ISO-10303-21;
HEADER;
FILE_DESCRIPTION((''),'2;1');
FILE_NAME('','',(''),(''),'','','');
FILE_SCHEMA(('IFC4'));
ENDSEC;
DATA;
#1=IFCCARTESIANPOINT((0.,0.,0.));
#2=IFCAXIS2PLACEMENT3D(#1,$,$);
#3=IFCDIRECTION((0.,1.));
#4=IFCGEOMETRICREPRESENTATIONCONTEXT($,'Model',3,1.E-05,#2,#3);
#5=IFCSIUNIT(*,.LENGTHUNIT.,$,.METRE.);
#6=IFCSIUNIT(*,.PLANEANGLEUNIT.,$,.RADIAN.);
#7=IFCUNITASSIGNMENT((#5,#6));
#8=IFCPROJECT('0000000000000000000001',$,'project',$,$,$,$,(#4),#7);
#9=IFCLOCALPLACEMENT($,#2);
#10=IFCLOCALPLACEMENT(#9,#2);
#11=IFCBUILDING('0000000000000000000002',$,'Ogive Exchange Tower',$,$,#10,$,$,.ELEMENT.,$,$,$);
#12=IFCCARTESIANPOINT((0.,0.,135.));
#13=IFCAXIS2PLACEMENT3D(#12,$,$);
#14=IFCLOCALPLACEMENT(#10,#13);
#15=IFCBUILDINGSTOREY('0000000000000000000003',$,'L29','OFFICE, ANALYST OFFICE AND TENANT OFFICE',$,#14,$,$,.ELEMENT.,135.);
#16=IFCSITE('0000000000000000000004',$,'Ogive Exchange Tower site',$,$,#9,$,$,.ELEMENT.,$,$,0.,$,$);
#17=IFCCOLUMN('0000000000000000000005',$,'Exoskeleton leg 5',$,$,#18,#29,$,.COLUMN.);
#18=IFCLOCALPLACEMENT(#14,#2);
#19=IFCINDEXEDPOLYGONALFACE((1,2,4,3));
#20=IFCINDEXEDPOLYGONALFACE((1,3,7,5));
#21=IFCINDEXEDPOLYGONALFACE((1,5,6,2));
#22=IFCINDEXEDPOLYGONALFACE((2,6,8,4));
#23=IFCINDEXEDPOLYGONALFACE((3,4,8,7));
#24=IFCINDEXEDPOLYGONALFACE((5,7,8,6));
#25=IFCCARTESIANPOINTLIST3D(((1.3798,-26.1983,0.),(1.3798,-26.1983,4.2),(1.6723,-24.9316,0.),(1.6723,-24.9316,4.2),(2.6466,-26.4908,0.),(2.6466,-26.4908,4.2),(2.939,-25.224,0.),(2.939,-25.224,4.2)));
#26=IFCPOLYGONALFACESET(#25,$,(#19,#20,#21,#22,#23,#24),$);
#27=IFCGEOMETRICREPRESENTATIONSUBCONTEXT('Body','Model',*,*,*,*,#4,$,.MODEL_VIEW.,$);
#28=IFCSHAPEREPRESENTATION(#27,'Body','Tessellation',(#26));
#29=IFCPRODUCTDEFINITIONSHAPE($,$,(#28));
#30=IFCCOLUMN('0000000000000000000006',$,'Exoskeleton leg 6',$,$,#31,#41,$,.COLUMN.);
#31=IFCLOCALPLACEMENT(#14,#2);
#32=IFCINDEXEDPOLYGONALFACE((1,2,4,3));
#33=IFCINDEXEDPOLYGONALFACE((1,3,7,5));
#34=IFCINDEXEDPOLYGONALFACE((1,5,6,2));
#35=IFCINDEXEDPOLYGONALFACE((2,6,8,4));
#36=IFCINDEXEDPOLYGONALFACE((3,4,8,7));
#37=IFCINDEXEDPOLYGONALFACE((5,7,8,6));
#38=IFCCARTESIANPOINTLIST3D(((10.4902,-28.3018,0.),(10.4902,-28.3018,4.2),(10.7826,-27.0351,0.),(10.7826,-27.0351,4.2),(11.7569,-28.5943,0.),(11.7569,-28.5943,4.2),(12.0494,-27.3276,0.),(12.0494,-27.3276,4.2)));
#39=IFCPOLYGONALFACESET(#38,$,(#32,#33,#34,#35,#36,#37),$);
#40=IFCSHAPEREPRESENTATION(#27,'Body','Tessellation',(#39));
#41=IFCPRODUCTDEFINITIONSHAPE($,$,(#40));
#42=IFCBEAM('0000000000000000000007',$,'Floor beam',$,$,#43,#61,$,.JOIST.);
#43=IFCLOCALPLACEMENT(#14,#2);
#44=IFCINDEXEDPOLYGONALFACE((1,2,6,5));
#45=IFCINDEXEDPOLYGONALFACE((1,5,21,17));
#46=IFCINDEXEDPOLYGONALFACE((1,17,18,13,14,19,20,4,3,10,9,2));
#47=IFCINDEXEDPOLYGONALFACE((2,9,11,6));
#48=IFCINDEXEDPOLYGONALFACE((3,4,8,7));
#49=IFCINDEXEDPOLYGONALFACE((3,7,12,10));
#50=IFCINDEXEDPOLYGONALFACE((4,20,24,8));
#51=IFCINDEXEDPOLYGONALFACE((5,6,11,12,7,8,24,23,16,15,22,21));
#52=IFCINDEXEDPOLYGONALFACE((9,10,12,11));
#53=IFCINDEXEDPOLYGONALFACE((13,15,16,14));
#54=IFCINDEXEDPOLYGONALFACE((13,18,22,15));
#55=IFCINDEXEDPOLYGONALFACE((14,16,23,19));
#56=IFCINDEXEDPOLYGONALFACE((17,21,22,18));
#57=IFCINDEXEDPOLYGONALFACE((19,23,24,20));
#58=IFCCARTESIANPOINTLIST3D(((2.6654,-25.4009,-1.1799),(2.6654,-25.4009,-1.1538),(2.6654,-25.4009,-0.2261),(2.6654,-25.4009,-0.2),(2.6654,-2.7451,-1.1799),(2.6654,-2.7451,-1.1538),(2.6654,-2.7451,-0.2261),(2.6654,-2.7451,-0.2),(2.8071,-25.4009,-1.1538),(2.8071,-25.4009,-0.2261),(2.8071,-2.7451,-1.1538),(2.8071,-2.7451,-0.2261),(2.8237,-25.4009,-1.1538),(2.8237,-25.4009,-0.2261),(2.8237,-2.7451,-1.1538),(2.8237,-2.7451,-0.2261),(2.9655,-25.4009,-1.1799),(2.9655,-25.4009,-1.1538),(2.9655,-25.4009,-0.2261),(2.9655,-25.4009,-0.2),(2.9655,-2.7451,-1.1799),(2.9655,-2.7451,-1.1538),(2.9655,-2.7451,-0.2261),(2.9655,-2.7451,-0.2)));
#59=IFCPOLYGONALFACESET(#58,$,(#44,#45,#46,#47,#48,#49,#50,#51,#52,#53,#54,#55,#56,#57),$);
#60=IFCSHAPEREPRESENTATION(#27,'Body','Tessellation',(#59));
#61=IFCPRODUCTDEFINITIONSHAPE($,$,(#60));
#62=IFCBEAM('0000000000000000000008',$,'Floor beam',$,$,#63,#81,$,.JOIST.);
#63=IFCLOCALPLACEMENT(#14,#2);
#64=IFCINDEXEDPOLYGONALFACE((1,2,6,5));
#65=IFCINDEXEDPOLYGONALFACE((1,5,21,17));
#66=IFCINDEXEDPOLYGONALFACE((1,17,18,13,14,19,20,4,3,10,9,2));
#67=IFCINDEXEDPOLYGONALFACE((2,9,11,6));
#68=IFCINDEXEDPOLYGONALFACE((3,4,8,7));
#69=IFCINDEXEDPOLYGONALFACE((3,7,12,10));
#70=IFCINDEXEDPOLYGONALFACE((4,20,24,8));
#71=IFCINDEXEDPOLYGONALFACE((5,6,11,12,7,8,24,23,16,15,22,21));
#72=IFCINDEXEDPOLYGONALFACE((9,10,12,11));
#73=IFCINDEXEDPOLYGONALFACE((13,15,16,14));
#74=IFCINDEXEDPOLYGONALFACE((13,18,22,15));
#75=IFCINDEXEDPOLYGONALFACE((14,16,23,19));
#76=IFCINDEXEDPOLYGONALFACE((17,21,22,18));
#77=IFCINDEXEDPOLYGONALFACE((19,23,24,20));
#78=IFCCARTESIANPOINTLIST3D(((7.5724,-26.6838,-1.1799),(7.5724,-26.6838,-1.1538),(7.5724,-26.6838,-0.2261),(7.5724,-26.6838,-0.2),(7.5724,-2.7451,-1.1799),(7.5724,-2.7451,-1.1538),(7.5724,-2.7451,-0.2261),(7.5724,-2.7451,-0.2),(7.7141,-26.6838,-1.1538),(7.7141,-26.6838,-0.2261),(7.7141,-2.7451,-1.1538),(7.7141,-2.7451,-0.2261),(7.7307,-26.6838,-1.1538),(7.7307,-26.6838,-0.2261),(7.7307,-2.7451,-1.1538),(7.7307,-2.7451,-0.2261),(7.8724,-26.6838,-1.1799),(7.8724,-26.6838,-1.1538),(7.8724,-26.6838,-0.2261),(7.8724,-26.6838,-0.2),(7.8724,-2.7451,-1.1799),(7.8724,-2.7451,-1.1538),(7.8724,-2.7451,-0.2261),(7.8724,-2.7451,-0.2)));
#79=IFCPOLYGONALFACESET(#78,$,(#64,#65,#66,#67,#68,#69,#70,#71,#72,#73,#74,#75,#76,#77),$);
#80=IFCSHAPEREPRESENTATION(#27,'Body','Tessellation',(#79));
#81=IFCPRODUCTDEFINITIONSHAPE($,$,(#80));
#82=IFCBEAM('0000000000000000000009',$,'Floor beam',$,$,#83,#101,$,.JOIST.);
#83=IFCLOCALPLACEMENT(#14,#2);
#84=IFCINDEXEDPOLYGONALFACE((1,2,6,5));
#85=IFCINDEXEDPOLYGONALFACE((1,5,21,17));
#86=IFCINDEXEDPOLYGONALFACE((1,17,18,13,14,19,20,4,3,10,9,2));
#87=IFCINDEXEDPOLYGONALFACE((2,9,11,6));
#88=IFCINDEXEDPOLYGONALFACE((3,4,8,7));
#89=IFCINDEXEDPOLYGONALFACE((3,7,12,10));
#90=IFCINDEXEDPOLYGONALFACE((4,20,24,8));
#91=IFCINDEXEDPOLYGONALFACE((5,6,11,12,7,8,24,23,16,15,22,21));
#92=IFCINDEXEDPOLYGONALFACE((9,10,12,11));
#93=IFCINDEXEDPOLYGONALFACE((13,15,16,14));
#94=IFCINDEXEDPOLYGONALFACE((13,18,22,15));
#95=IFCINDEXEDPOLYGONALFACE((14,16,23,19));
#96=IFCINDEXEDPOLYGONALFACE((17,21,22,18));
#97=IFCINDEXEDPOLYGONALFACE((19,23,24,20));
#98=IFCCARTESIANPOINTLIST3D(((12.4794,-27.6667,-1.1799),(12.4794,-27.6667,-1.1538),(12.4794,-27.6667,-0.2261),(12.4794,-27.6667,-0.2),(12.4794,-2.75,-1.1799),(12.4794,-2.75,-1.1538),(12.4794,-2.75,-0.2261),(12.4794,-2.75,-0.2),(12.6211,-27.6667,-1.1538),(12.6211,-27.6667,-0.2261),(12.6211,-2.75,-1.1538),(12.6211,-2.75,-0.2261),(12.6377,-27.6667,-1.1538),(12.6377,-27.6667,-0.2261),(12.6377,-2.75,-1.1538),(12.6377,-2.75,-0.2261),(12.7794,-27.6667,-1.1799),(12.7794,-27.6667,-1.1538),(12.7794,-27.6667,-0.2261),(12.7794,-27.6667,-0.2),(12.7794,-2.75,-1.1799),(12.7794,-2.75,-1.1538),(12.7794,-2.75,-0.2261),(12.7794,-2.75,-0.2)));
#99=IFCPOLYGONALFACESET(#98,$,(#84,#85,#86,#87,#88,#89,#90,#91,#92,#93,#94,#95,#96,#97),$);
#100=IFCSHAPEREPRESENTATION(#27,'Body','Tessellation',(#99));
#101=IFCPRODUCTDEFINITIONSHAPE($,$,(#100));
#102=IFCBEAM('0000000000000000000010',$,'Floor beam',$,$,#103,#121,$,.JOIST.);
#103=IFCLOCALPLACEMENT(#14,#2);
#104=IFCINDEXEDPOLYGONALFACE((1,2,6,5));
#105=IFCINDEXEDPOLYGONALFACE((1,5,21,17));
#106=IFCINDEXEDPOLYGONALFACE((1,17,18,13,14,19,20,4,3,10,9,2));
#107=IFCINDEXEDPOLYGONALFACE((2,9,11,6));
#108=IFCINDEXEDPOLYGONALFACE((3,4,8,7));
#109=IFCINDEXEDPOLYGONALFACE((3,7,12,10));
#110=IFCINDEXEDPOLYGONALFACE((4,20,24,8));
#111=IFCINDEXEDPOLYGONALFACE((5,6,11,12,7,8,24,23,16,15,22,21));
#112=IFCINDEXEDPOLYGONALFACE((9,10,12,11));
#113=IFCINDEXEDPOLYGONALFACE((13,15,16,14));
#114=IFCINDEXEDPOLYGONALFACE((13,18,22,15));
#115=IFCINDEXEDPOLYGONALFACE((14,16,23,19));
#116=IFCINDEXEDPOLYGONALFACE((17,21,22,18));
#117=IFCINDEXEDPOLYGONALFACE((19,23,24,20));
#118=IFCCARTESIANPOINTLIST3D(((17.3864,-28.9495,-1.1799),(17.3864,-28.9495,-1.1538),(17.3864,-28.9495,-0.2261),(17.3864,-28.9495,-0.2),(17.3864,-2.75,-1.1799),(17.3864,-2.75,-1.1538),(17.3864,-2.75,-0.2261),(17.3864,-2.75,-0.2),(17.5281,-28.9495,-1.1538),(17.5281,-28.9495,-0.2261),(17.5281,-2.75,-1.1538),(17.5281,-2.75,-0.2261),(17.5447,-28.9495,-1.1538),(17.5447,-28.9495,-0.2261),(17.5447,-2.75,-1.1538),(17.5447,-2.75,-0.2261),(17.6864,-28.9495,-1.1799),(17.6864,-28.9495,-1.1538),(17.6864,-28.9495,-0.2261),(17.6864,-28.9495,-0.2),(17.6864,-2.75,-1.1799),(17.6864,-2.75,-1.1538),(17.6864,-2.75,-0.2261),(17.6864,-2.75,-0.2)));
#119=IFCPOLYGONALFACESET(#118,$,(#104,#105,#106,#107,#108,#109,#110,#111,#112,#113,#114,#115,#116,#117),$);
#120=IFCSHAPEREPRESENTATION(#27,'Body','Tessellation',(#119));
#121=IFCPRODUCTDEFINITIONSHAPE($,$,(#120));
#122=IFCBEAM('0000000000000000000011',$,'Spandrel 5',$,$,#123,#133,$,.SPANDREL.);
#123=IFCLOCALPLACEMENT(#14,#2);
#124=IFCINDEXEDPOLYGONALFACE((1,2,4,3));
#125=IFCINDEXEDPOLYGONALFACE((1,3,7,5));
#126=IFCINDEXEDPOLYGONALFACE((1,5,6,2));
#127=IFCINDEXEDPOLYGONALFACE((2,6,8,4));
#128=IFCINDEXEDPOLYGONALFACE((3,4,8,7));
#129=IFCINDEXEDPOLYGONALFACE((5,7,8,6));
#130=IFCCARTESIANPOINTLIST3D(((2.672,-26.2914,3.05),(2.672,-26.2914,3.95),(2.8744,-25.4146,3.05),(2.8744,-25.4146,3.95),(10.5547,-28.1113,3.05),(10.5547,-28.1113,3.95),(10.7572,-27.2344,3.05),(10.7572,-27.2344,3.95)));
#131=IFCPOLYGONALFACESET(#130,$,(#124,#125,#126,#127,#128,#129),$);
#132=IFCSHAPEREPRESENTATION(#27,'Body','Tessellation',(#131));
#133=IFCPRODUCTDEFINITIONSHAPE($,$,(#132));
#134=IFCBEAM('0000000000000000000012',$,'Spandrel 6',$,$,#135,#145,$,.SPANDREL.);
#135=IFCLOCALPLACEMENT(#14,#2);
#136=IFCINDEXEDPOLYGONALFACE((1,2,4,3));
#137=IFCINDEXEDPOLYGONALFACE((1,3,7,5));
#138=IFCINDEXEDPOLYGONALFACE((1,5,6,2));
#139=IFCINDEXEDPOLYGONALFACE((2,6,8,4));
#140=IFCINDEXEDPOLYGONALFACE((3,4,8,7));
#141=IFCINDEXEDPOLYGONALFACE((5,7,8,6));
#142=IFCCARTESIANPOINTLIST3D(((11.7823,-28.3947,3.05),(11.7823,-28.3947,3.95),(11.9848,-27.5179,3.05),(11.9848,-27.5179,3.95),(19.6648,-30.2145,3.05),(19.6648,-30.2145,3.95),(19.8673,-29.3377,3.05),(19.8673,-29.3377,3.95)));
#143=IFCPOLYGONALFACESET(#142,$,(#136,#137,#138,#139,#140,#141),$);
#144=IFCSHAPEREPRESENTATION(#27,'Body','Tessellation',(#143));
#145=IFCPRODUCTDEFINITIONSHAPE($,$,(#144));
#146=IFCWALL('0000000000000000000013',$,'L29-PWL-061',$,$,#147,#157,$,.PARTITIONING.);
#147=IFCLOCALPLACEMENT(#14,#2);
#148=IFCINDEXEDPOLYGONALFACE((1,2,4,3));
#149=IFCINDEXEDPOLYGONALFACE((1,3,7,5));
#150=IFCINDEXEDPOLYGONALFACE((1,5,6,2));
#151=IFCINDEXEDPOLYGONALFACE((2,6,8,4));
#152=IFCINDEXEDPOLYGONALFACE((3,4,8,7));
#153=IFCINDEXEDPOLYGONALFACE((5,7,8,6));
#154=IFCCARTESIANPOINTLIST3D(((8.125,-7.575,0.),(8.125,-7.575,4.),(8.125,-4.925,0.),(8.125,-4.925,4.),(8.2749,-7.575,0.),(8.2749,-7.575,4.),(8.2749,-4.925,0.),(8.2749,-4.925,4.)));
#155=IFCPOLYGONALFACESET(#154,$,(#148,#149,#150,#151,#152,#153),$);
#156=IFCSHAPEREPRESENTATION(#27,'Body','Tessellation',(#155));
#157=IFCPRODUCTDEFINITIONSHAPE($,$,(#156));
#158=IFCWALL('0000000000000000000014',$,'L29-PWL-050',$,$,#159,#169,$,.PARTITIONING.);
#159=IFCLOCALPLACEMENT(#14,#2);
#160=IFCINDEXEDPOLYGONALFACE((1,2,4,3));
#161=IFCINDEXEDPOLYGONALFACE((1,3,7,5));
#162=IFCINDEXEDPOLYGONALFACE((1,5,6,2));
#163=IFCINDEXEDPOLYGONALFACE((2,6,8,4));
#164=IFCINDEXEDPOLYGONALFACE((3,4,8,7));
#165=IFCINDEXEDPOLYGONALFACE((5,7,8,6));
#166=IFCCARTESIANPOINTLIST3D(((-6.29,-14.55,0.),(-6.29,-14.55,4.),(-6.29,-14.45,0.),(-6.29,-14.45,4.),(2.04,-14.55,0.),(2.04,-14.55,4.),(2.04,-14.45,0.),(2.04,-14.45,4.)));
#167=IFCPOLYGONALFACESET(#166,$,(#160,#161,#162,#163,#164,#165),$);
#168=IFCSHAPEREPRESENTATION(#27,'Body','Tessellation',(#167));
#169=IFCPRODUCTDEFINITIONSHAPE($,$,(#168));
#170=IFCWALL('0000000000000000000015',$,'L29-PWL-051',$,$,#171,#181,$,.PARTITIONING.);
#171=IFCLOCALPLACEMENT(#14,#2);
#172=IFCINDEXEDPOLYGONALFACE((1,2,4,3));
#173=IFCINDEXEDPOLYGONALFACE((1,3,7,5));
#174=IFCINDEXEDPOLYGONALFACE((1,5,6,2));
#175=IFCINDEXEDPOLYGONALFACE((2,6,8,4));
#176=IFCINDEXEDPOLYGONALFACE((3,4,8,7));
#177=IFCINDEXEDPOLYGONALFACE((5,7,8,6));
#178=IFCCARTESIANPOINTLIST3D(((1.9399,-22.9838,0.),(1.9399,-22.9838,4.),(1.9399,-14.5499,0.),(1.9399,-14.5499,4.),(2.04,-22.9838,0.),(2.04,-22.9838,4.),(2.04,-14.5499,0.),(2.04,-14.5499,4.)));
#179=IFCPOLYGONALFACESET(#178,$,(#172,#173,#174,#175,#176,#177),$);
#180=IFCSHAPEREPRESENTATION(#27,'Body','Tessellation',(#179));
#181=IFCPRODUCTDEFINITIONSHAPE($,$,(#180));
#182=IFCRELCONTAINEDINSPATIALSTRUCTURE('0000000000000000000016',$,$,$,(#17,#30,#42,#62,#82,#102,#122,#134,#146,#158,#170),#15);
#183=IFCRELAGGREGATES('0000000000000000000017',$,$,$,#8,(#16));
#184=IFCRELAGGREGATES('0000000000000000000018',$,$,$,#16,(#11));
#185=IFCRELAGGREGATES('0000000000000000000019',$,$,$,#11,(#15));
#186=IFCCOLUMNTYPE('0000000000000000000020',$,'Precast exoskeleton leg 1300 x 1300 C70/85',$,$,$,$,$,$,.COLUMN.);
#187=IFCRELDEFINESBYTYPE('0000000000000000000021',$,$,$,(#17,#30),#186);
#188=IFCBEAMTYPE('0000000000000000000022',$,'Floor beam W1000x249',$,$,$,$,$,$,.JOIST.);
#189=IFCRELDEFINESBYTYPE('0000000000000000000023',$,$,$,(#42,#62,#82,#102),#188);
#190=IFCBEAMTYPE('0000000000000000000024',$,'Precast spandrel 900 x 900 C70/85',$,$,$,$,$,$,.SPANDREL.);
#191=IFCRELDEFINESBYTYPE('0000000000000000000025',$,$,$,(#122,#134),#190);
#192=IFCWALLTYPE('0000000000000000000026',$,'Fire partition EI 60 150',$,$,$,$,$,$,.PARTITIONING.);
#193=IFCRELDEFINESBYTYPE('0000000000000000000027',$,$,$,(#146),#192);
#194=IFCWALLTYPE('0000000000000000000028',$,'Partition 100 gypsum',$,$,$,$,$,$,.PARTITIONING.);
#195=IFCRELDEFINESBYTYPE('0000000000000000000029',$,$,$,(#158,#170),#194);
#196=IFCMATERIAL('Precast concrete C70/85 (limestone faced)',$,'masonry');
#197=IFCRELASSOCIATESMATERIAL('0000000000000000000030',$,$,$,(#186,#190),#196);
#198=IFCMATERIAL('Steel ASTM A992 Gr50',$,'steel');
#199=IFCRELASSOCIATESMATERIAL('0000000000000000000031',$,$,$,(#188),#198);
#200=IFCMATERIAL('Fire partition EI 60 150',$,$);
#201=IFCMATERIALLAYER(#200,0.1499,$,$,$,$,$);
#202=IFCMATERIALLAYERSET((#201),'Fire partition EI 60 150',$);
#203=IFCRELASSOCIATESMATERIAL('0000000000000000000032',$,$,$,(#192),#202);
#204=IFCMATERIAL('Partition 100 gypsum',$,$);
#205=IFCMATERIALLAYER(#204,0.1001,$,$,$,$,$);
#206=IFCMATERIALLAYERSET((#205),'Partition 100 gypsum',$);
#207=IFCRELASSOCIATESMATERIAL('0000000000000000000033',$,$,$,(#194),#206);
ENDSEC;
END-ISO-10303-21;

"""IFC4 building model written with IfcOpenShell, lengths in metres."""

from ifc_helpers import new_model, si_unit, direction, frame, frame_2d, origin, origin_2d, place, context, subcontext, project, spatial, rectangle, i_section, extrude, material, layer, layer_set, material_profile, profile_set, type_object, element, save


model = new_model("IFC4")

# Units and contexts
model_context = context("Model", 3, precision=1e-05, world=origin(), true_north=direction((0.0, 1.0)))
body_context = subcontext(model_context, "Body", "Model", "MODEL_VIEW")
ifc_project = project(units=[si_unit("LENGTHUNIT", "METRE"), si_unit("PLANEANGLEUNIT", "RADIAN")], contexts=[model_context])

# Site, building, storey
site_placement = place(None, origin())
site = spatial("IfcSite", under=ifc_project, at=site_placement, Name="Ogive Exchange Tower site", CompositionType="ELEMENT", RefElevation=0.0)
building_placement = place(site_placement, origin())
building = spatial("IfcBuilding", under=site, at=building_placement, Name="Ogive Exchange Tower", CompositionType="ELEMENT")
storey_placement = place(building_placement, frame((0.0, 0.0, 135.0)))
storey = spatial("IfcBuildingStorey", under=building, at=storey_placement, Name="L29", Description="OFFICE, ANALYST OFFICE AND TENANT OFFICE", CompositionType="ELEMENT", Elevation=135.0)

# Columns
ifc_material_1 = material(Name="Precast concrete C70/85 (limestone faced)", Category="masonry")
ifc_material_profile_1 = material_profile(ifc_material_1, rectangle(XDim=1.3, YDim=1.3, at=origin_2d()), Name="1300 x 1300")
ifc_profile_set_1 = profile_set([ifc_material_profile_1], Name="Precast concrete C70/85 (limestone faced)")
column_type = type_object("IfcColumnType", Name="Precast exoskeleton leg 1300 x 1300 C70/85", PredefinedType="COLUMN", material=ifc_profile_set_1)
for number, where, z_axis, x_axis, name in (
    (1, (2.1594, -25.7112, 0.0), (0.0, 0.0, 1.0), (0.97437, -0.224951, 0.0), "Exoskeleton leg 5"),
    (2, (11.2698, -27.8147, 0.0), (0.0, 0.0, 1.0), (0.97437, -0.224951, 0.0), "Exoskeleton leg 6"),
):
    element("IfcColumn", number, at=place(storey_placement, frame(where, z_axis=z_axis, x_axis=x_axis)), inside=storey, type_object=column_type, Name=name, PredefinedType="COLUMN", context=body_context, shape_type="SweptSolid", body=[
        extrude(rectangle(XDim=1.3, YDim=1.3, at=origin_2d()), origin(), (0.0, 0.0, 1.0), 4.2),
    ])

# Beams
ifc_material_2 = material(Name="Steel ASTM A992 Gr50", Category="steel")
ifc_material_profile_2 = material_profile(ifc_material_2, i_section(OverallWidth=0.3, OverallDepth=0.98, WebThickness=0.0166, FlangeThickness=0.0261, at=origin_2d()), Name="W1000x249")
ifc_profile_set_2 = profile_set([ifc_material_profile_2], Name="Steel ASTM A992 Gr50")
beam_type_1 = type_object("IfcBeamType", Name="Floor beam W1000x249", PredefinedType="JOIST", material=ifc_profile_set_2)
beam_1_placement = place(storey_placement, frame((2.8154, -25.4009, -0.6899), z_axis=(0.0, 1.0, 0.0), x_axis=(-1.0, 0.0, 0.0)))
element("IfcBeam", 3, at=beam_1_placement, inside=storey, type_object=beam_type_1, Name="Floor beam", PredefinedType="JOIST", context=body_context, shape_type="SweptSolid", body=[
    extrude(i_section(OverallWidth=0.3, OverallDepth=0.98, WebThickness=0.0166, FlangeThickness=0.0261, at=origin_2d()), origin(), (0.0, 0.0, 1.0), 22.6558),
])
beam_2_placement = place(storey_placement, frame((7.7224, -26.6838, -0.6899), z_axis=(0.0, 1.0, 0.0), x_axis=(-1.0, 0.0, 0.0)))
element("IfcBeam", 4, at=beam_2_placement, inside=storey, type_object=beam_type_1, Name="Floor beam", PredefinedType="JOIST", context=body_context, shape_type="SweptSolid", body=[
    extrude(i_section(OverallWidth=0.3, OverallDepth=0.98, WebThickness=0.0166, FlangeThickness=0.0261, at=origin_2d()), origin(), (0.0, 0.0, 1.0), 23.9387),
])
beam_3_placement = place(storey_placement, frame((12.6294, -27.6667, -0.6899), z_axis=(0.0, 1.0, 0.0), x_axis=(-1.0, 0.0, 0.0)))
element("IfcBeam", 5, at=beam_3_placement, inside=storey, type_object=beam_type_1, Name="Floor beam", PredefinedType="JOIST", context=body_context, shape_type="SweptSolid", body=[
    extrude(i_section(OverallWidth=0.3, OverallDepth=0.98, WebThickness=0.0166, FlangeThickness=0.0261, at=origin_2d()), origin(), (0.0, 0.0, 1.0), 24.9167),
])
beam_4_placement = place(storey_placement, frame((17.5364, -28.9495, -0.6899), z_axis=(0.0, 1.0, 0.0), x_axis=(-1.0, 0.0, 0.0)))
element("IfcBeam", 6, at=beam_4_placement, inside=storey, type_object=beam_type_1, Name="Floor beam", PredefinedType="JOIST", context=body_context, shape_type="SweptSolid", body=[
    extrude(i_section(OverallWidth=0.3, OverallDepth=0.98, WebThickness=0.0166, FlangeThickness=0.0261, at=origin_2d()), origin(), (0.0, 0.0, 1.0), 26.1995),
])
ifc_material_profile_3 = material_profile(ifc_material_1, rectangle(XDim=0.8999, YDim=0.8999, at=origin_2d()), Name="900 x 900")
ifc_profile_set_3 = profile_set([ifc_material_profile_3], Name="Precast concrete C70/85 (limestone faced)")
beam_type_2 = type_object("IfcBeamType", Name="Precast spandrel 900 x 900 C70/85", PredefinedType="SPANDREL", material=ifc_profile_set_3)
beam_5_placement = place(storey_placement, frame((2.7732, -25.853, 3.5), z_axis=(0.974372, -0.224943, 0.0), x_axis=(0.224943, 0.974372, 0.0)))
element("IfcBeam", 7, at=beam_5_placement, inside=storey, type_object=beam_type_2, Name="Spandrel 5", PredefinedType="SPANDREL", context=body_context, shape_type="SweptSolid", body=[
    extrude(rectangle(XDim=0.8999, YDim=0.8999, at=origin_2d()), origin(), (0.0, 0.0, 1.0), 8.0901),
])
beam_6_placement = place(storey_placement, frame((11.8835, -27.9563, 3.5), z_axis=(0.97437, -0.22495, 0.0), x_axis=(0.22495, 0.97437, 0.0)))
element("IfcBeam", 8, at=beam_6_placement, inside=storey, type_object=beam_type_2, Name="Spandrel 6", PredefinedType="SPANDREL", context=body_context, shape_type="SweptSolid", body=[
    extrude(rectangle(XDim=0.8999, YDim=0.8999, at=origin_2d()), origin(), (0.0, 0.0, 1.0), 8.0898),
])

# Walls
ifc_material_3 = material(Name="Fire partition EI 60 150")
ifc_layer_1 = layer(ifc_material_3, 0.1499)
ifc_layer_set_1 = layer_set([ifc_layer_1], Name="Fire partition EI 60 150")
wall_type_1 = type_object("IfcWallType", Name="Fire partition EI 60 150", PredefinedType="PARTITIONING", material=ifc_layer_set_1)
wall_1_placement = place(storey_placement, frame((8.2, -7.575, 0.0), z_axis=(0.0, 0.0, 1.0), x_axis=(0.0, 1.0, 0.0)))
element("IfcWall", 9, at=wall_1_placement, inside=storey, type_object=wall_type_1, Name="L29-PWL-061", PredefinedType="PARTITIONING", context=body_context, shape_type="SweptSolid", body=[
    extrude(rectangle(XDim=2.6499, YDim=0.1499, at=frame_2d((1.325, 0.0))), origin(), (0.0, 0.0, 1.0), 4.0),
])
ifc_material_4 = material(Name="Partition 100 gypsum")
ifc_layer_2 = layer(ifc_material_4, 0.1001)
ifc_layer_set_2 = layer_set([ifc_layer_2], Name="Partition 100 gypsum")
wall_type_2 = type_object("IfcWallType", Name="Partition 100 gypsum", PredefinedType="PARTITIONING", material=ifc_layer_set_2)
wall_2_placement = place(storey_placement, frame((2.04, -14.5, 0.0), z_axis=(0.0, 0.0, 1.0), x_axis=(-1.0, 0.0, 0.0)))
element("IfcWall", 10, at=wall_2_placement, inside=storey, type_object=wall_type_2, Name="L29-PWL-050", PredefinedType="PARTITIONING", context=body_context, shape_type="SweptSolid", body=[
    extrude(rectangle(XDim=8.3301, YDim=0.1001, at=frame_2d((4.165, 0.0))), origin(), (0.0, 0.0, 1.0), 4.0),
])
wall_3_placement = place(storey_placement, frame((1.99, -14.55, 0.0), z_axis=(0.0, 0.0, 1.0), x_axis=(0.0, -1.0, 0.0)))
element("IfcWall", 11, at=wall_3_placement, inside=storey, type_object=wall_type_2, Name="L29-PWL-051", PredefinedType="PARTITIONING", context=body_context, shape_type="SweptSolid", body=[
    extrude(rectangle(XDim=8.4338, YDim=0.1001, at=frame_2d((4.2168, 0.0))), origin(), (0.0, 0.0, 1.0), 4.0),
])

save(model, "model.ifc")
